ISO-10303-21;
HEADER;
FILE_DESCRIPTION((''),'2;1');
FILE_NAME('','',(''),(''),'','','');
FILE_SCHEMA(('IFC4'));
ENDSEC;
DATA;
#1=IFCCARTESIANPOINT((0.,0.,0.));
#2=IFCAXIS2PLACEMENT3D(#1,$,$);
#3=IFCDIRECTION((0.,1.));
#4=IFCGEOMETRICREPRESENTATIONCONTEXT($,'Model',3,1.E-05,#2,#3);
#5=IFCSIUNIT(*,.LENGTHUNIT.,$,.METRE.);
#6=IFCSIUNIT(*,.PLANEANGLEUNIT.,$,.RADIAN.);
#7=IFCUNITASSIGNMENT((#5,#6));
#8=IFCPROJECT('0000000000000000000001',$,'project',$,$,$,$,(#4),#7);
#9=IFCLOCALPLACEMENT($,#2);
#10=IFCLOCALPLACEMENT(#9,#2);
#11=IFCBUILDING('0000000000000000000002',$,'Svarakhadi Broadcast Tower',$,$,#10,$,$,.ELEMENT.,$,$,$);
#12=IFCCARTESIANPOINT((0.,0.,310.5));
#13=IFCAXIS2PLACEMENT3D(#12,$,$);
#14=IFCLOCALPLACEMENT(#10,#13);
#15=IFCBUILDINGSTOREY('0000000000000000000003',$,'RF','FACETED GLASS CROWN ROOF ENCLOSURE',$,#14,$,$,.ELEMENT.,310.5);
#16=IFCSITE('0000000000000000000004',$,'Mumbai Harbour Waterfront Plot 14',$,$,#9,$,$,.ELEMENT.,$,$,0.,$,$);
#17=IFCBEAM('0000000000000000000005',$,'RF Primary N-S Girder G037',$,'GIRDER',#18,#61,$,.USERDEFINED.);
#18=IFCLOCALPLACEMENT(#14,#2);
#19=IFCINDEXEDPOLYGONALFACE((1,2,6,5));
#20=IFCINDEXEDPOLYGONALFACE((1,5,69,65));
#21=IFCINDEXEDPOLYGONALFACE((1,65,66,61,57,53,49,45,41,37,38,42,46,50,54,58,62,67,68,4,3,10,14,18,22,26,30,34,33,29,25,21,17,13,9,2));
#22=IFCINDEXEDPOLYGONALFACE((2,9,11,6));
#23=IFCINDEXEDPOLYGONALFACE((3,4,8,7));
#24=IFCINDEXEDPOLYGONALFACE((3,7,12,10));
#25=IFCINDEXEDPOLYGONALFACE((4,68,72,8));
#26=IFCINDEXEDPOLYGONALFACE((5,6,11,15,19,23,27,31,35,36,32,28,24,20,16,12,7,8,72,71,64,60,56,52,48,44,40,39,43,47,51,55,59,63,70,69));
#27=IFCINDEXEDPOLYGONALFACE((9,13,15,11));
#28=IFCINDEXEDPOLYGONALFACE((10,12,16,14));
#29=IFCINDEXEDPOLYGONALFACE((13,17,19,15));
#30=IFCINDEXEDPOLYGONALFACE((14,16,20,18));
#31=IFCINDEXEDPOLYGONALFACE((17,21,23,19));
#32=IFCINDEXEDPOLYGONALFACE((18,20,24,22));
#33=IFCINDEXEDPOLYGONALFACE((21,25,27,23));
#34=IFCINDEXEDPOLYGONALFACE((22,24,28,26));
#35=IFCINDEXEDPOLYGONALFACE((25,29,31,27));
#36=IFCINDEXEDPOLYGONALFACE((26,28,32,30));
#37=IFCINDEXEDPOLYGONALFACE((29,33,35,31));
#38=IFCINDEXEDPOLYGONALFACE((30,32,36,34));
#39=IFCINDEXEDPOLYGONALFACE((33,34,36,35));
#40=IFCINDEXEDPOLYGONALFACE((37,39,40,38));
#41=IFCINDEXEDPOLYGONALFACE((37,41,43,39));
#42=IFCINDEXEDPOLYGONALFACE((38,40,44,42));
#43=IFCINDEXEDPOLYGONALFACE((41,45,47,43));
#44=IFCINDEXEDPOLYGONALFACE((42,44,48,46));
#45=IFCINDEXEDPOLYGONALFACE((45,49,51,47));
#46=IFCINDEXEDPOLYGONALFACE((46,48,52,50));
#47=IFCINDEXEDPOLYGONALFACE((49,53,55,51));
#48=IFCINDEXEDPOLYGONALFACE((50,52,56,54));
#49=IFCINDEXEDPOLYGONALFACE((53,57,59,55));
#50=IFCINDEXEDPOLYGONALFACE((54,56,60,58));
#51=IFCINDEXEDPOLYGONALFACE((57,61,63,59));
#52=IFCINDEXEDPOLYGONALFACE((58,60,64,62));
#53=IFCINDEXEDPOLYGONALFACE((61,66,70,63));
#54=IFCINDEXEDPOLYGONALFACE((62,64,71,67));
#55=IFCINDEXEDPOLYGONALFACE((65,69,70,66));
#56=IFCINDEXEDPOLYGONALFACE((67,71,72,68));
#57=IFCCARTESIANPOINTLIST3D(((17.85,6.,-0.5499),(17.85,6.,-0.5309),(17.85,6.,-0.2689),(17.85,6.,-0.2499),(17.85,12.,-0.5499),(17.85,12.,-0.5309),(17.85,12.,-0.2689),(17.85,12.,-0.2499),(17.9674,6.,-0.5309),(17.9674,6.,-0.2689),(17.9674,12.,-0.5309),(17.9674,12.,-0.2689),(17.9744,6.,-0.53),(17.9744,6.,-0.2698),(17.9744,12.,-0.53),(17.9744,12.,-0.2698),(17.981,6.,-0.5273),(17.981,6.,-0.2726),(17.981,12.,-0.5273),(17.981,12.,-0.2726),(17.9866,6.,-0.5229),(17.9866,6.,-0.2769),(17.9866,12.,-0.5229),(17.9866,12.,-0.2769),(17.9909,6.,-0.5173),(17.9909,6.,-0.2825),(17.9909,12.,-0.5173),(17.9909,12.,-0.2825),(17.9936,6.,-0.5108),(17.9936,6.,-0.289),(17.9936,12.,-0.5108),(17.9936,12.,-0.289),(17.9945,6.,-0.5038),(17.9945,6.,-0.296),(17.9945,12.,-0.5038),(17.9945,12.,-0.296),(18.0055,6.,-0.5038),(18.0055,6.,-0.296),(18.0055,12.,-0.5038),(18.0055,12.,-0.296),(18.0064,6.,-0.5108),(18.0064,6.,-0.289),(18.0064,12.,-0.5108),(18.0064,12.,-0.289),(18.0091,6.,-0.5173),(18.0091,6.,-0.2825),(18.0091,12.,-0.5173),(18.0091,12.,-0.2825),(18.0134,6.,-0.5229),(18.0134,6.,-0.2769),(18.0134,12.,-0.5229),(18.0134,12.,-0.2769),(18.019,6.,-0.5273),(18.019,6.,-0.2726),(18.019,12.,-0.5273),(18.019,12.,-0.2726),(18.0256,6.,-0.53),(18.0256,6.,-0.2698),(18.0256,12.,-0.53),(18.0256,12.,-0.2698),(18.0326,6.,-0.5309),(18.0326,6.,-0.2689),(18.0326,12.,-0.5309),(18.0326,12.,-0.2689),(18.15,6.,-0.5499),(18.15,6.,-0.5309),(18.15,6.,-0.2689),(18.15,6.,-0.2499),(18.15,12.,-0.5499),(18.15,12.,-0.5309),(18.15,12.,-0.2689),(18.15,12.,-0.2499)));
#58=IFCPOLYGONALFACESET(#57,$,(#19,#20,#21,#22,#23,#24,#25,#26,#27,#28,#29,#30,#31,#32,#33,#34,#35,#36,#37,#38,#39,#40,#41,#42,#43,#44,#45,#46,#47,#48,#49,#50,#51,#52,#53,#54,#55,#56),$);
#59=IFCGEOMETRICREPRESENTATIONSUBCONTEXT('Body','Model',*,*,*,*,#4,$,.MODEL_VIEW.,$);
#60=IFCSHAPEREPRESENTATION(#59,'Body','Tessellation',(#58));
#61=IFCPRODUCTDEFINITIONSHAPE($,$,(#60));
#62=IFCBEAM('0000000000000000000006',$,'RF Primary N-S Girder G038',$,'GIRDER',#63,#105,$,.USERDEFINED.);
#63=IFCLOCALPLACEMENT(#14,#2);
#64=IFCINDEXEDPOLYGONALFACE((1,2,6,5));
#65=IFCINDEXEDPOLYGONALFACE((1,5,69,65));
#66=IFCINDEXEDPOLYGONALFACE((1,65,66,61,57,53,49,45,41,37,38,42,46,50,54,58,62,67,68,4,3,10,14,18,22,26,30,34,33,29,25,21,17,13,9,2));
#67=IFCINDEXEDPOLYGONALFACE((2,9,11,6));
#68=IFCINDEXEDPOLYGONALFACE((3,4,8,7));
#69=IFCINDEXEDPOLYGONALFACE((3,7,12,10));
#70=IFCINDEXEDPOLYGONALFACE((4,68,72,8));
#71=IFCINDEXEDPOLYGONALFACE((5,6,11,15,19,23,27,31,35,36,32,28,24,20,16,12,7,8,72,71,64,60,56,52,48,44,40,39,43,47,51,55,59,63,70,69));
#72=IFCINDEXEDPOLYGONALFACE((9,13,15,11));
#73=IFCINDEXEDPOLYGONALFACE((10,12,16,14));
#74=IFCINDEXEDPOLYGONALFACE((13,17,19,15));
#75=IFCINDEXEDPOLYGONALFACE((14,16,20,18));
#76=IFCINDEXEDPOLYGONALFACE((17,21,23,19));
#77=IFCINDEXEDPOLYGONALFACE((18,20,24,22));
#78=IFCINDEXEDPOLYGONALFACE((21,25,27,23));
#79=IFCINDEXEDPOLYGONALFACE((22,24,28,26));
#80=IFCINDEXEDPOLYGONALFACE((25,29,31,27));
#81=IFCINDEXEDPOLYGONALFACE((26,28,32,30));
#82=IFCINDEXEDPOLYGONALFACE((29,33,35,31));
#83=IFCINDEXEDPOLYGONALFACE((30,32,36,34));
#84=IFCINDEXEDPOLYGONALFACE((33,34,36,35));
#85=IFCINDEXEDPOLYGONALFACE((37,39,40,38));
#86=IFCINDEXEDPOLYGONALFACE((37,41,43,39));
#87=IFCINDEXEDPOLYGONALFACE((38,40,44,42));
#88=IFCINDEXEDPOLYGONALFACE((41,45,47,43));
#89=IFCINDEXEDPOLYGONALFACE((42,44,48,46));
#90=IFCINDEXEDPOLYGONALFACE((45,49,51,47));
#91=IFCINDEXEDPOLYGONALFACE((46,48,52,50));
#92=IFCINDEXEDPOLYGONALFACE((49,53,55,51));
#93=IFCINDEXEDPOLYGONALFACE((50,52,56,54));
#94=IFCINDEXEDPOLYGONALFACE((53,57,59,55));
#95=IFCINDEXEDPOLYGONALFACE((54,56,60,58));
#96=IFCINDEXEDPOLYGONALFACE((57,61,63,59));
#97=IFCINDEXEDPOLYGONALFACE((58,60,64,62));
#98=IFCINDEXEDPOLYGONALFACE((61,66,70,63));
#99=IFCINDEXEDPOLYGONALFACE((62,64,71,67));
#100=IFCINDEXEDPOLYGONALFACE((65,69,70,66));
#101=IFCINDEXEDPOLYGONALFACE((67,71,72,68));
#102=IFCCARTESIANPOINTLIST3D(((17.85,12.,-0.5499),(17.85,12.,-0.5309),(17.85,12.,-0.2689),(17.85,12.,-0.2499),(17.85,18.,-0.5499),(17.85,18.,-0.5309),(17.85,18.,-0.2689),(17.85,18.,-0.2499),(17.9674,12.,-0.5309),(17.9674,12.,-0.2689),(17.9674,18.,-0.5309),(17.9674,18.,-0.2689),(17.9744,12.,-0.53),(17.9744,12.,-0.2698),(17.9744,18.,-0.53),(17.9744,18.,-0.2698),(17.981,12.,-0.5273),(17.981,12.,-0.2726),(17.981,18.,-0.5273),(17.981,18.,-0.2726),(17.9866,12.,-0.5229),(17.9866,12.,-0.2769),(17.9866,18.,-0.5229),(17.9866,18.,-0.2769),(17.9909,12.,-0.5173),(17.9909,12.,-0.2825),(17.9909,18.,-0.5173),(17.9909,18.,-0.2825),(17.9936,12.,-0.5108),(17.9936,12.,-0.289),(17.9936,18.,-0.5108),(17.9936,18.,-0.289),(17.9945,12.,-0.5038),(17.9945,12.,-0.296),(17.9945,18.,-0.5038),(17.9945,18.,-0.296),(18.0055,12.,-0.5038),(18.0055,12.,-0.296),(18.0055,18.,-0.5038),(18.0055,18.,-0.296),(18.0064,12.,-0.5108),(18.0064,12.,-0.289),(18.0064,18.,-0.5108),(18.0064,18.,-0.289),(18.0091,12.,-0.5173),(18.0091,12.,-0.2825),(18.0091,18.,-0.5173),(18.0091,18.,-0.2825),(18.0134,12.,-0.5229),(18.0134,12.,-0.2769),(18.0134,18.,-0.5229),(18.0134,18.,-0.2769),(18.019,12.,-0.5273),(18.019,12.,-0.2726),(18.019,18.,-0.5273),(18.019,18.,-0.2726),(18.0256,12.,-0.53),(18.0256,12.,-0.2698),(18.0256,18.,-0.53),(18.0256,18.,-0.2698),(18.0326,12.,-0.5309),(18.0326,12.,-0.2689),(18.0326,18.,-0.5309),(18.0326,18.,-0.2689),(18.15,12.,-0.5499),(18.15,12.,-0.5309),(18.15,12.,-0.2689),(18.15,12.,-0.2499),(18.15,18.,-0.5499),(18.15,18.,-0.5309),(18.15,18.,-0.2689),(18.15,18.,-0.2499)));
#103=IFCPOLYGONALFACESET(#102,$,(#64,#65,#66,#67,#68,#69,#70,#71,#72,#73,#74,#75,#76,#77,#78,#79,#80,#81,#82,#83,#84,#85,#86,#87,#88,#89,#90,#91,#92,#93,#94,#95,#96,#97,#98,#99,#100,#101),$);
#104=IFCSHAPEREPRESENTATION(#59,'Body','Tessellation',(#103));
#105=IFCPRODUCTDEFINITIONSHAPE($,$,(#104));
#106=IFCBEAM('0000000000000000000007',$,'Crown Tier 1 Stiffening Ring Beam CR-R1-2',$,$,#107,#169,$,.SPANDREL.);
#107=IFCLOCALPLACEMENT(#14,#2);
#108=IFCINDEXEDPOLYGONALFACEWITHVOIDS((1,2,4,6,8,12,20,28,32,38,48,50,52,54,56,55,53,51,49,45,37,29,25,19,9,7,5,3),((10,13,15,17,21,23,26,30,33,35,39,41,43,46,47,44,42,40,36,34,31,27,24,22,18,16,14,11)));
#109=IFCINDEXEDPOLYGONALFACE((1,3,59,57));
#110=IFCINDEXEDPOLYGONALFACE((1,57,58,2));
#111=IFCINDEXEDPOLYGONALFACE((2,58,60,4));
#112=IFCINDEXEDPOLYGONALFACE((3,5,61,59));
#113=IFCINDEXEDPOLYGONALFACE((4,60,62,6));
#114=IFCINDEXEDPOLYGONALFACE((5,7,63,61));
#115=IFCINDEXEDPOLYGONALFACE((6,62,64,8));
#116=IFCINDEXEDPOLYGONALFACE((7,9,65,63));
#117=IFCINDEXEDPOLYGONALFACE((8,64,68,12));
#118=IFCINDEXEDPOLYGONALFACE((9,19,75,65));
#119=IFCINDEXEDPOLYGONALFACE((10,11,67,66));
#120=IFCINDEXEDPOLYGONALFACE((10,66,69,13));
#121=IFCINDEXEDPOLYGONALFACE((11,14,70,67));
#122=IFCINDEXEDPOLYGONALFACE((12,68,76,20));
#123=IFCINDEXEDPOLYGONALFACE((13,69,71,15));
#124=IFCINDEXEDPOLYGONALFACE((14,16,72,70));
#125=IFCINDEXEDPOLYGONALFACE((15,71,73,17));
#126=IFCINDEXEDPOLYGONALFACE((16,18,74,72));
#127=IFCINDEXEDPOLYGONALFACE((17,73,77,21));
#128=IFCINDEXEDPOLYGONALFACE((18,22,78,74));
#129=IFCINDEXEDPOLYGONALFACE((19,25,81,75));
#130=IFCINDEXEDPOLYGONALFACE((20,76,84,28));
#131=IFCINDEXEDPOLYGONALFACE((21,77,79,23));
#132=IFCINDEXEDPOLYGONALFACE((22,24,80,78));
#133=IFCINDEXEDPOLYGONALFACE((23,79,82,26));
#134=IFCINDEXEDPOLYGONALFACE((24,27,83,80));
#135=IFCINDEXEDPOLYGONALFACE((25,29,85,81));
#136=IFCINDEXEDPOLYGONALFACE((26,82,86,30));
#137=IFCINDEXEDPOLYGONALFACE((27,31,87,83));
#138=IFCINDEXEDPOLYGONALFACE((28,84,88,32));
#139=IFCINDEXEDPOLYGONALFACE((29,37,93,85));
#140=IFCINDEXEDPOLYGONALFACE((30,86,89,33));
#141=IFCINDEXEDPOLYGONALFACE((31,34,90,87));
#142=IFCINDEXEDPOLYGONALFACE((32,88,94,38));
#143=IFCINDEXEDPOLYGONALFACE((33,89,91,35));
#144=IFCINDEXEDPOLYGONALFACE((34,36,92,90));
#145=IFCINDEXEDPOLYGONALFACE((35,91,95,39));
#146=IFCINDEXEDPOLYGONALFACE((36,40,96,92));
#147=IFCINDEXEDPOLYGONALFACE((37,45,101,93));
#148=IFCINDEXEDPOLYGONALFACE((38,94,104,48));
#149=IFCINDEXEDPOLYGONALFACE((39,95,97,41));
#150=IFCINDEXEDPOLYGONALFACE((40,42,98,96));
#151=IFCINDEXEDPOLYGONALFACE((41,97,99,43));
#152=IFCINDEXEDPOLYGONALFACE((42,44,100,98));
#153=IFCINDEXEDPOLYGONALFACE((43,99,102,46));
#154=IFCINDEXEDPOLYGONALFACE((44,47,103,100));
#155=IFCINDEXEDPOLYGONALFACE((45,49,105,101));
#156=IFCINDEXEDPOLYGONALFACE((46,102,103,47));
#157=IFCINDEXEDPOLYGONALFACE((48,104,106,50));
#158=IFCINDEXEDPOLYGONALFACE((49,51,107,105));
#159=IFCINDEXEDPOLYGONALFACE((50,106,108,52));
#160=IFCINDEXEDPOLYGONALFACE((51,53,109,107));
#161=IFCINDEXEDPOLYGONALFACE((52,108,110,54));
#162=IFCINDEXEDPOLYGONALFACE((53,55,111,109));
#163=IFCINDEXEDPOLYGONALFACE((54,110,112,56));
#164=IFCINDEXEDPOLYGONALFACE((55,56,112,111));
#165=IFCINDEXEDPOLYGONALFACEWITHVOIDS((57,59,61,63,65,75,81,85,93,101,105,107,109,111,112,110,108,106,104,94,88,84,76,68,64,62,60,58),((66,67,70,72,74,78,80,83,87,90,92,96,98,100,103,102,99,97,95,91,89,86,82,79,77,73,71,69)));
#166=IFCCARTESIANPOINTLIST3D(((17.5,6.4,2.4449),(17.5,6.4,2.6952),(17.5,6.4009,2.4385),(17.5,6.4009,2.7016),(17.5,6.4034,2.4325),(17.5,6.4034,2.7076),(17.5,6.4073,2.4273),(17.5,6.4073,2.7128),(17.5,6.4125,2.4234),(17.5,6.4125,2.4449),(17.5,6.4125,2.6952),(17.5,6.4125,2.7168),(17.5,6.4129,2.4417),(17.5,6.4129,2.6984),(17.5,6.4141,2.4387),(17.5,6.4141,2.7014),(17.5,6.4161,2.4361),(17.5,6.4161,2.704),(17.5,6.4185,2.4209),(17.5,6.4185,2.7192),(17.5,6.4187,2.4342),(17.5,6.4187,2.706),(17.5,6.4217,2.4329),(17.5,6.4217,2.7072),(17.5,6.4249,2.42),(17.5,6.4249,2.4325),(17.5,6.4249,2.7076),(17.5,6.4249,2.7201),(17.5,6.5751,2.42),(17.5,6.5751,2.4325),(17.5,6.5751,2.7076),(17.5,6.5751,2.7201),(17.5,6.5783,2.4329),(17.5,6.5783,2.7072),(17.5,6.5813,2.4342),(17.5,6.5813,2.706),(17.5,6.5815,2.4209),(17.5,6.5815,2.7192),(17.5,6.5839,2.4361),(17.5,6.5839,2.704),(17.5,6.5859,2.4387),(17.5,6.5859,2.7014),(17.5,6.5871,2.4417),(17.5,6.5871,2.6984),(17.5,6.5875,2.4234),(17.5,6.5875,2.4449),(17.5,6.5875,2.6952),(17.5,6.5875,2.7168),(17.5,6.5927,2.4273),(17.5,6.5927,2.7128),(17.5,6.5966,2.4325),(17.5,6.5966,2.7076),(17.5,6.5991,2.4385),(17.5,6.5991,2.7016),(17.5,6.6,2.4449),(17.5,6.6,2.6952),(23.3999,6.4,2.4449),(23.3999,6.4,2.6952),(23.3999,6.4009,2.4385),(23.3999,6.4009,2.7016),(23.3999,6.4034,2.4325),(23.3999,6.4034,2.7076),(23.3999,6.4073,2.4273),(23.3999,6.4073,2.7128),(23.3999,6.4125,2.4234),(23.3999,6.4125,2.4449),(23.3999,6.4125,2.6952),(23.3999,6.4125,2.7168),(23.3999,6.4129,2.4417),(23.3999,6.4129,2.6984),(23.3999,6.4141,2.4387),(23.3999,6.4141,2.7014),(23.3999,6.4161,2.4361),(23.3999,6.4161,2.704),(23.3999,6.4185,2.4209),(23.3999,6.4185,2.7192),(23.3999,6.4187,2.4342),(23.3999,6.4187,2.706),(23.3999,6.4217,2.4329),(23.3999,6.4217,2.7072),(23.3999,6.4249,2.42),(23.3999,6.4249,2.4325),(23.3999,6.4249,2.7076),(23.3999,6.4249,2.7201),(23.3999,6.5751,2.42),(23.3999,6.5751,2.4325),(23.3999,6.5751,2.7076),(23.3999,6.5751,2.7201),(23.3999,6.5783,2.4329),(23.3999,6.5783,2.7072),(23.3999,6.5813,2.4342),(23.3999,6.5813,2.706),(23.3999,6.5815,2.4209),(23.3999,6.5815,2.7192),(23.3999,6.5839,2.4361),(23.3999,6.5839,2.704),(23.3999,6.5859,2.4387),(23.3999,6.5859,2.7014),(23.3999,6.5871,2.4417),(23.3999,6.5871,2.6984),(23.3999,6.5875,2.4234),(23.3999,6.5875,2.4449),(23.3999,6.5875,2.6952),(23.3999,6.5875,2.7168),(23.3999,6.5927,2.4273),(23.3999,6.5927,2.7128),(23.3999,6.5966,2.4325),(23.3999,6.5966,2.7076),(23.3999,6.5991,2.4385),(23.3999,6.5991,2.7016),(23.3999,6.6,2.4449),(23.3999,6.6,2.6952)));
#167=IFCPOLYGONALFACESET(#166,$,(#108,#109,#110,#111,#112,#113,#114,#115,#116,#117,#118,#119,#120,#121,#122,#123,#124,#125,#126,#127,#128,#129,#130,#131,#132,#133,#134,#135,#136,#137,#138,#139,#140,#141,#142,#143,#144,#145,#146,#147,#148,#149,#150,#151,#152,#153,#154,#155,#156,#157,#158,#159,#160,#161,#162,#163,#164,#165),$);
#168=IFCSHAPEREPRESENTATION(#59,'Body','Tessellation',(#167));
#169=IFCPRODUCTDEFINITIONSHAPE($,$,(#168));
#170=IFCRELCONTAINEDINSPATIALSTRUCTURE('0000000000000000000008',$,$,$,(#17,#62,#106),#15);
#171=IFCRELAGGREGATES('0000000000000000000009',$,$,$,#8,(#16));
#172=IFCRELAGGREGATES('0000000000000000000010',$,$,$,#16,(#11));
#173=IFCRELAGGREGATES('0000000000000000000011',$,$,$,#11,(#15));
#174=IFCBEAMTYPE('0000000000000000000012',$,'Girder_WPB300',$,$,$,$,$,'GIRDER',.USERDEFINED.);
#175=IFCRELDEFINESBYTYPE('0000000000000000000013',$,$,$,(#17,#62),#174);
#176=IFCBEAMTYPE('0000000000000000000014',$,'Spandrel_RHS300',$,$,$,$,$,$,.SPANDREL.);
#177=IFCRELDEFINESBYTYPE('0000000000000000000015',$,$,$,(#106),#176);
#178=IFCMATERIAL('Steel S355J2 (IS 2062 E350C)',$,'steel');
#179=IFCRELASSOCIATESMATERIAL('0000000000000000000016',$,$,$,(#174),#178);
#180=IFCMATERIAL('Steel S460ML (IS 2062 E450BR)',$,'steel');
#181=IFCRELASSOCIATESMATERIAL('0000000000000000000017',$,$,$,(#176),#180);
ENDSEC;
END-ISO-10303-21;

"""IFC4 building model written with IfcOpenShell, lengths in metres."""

from ifc_helpers import new_model, si_unit, direction, frame, origin, origin_2d, place, context, subcontext, project, spatial, hollow_rectangle, i_section, extrude, material, material_profile, profile_set, type_object, element, save


model = new_model("IFC4")

# Units and contexts
model_context = context("Model", 3, precision=1e-05, world=origin(), true_north=direction((0.0, 1.0)))
body_context = subcontext(model_context, "Body", "Model", "MODEL_VIEW")
ifc_project = project(units=[si_unit("LENGTHUNIT", "METRE"), si_unit("PLANEANGLEUNIT", "RADIAN")], contexts=[model_context])

# Site, building, storey
site_placement = place(None, origin())
site = spatial("IfcSite", under=ifc_project, at=site_placement, Name="Mumbai Harbour Waterfront Plot 14", CompositionType="ELEMENT", RefElevation=0.0)
building_placement = place(site_placement, origin())
building = spatial("IfcBuilding", under=site, at=building_placement, Name="Svarakhadi Broadcast Tower", CompositionType="ELEMENT")
storey_placement = place(building_placement, frame((0.0, 0.0, 310.5)))
storey = spatial("IfcBuildingStorey", under=building, at=storey_placement, Name="RF", Description="FACETED GLASS CROWN ROOF ENCLOSURE", CompositionType="ELEMENT", Elevation=310.5)

# Shared definitions
ifc_material_1 = material(Name="Steel S355J2 (IS 2062 E350C)", Category="steel")

# Shared definitions
ifc_material_2 = material(Name="Steel S460ML (IS 2062 E450BR)", Category="steel")

# Beams
ifc_material_profile_1 = material_profile(ifc_material_1, i_section(OverallWidth=0.3, OverallDepth=0.3, WebThickness=0.011, FlangeThickness=0.019, FilletRadius=0.0271, at=origin_2d()), Name="WPB 300x300x117")
ifc_profile_set_1 = profile_set([ifc_material_profile_1], Name="Steel S355J2 (IS 2062 E350C)")
beam_type_1 = type_object("IfcBeamType", Name="Girder_WPB300", ElementType="GIRDER", PredefinedType="USERDEFINED", material=ifc_profile_set_1)
for number, where, z_axis, x_axis, name in (
    (1, (18.0, 6.0, -0.3999), (0.0, 1.0, 0.0), (-1.0, 0.0, 0.0), "RF Primary N-S Girder G037"),
    (2, (18.0, 12.0, -0.3999), (0.0, 1.0, 0.0), (-1.0, 0.0, 0.0), "RF Primary N-S Girder G038"),
):
    element("IfcBeam", number, at=place(storey_placement, frame(where, z_axis=z_axis, x_axis=x_axis)), inside=storey, type_object=beam_type_1, Name=name, ObjectType="GIRDER", PredefinedType="USERDEFINED", context=body_context, shape_type="SweptSolid", body=[
        extrude(i_section(OverallWidth=0.3, OverallDepth=0.3, WebThickness=0.011, FlangeThickness=0.019, FilletRadius=0.0271, at=origin_2d()), origin(), (0.0, 0.0, 1.0), 6.0),
    ])
ifc_material_profile_2 = material_profile(ifc_material_2, hollow_rectangle(XDim=0.2, YDim=0.3, WallThickness=0.0125, InnerFilletRadius=0.0125, OuterFilletRadius=0.0249, at=origin_2d()), Name="RHS 300x200x12.5")
ifc_profile_set_2 = profile_set([ifc_material_profile_2], Name="Steel S460ML (IS 2062 E450BR)")
beam_type_2 = type_object("IfcBeamType", Name="Spandrel_RHS300", PredefinedType="SPANDREL", material=ifc_profile_set_2)
beam_1_placement = place(storey_placement, frame((17.5, 6.5, 2.5701), z_axis=(1.0, 0.0, 0.0), x_axis=(0.0, 1.0, 0.0)))
element("IfcBeam", 3, at=beam_1_placement, inside=storey, type_object=beam_type_2, Name="Crown Tier 1 Stiffening Ring Beam CR-R1-2", PredefinedType="SPANDREL", context=body_context, shape_type="SweptSolid", body=[
    extrude(hollow_rectangle(XDim=0.2, YDim=0.3, WallThickness=0.0125, InnerFilletRadius=0.0125, OuterFilletRadius=0.0249, at=origin_2d()), origin(), (0.0, 0.0, 1.0), 5.8999),
])

save(model, "model.ifc")
